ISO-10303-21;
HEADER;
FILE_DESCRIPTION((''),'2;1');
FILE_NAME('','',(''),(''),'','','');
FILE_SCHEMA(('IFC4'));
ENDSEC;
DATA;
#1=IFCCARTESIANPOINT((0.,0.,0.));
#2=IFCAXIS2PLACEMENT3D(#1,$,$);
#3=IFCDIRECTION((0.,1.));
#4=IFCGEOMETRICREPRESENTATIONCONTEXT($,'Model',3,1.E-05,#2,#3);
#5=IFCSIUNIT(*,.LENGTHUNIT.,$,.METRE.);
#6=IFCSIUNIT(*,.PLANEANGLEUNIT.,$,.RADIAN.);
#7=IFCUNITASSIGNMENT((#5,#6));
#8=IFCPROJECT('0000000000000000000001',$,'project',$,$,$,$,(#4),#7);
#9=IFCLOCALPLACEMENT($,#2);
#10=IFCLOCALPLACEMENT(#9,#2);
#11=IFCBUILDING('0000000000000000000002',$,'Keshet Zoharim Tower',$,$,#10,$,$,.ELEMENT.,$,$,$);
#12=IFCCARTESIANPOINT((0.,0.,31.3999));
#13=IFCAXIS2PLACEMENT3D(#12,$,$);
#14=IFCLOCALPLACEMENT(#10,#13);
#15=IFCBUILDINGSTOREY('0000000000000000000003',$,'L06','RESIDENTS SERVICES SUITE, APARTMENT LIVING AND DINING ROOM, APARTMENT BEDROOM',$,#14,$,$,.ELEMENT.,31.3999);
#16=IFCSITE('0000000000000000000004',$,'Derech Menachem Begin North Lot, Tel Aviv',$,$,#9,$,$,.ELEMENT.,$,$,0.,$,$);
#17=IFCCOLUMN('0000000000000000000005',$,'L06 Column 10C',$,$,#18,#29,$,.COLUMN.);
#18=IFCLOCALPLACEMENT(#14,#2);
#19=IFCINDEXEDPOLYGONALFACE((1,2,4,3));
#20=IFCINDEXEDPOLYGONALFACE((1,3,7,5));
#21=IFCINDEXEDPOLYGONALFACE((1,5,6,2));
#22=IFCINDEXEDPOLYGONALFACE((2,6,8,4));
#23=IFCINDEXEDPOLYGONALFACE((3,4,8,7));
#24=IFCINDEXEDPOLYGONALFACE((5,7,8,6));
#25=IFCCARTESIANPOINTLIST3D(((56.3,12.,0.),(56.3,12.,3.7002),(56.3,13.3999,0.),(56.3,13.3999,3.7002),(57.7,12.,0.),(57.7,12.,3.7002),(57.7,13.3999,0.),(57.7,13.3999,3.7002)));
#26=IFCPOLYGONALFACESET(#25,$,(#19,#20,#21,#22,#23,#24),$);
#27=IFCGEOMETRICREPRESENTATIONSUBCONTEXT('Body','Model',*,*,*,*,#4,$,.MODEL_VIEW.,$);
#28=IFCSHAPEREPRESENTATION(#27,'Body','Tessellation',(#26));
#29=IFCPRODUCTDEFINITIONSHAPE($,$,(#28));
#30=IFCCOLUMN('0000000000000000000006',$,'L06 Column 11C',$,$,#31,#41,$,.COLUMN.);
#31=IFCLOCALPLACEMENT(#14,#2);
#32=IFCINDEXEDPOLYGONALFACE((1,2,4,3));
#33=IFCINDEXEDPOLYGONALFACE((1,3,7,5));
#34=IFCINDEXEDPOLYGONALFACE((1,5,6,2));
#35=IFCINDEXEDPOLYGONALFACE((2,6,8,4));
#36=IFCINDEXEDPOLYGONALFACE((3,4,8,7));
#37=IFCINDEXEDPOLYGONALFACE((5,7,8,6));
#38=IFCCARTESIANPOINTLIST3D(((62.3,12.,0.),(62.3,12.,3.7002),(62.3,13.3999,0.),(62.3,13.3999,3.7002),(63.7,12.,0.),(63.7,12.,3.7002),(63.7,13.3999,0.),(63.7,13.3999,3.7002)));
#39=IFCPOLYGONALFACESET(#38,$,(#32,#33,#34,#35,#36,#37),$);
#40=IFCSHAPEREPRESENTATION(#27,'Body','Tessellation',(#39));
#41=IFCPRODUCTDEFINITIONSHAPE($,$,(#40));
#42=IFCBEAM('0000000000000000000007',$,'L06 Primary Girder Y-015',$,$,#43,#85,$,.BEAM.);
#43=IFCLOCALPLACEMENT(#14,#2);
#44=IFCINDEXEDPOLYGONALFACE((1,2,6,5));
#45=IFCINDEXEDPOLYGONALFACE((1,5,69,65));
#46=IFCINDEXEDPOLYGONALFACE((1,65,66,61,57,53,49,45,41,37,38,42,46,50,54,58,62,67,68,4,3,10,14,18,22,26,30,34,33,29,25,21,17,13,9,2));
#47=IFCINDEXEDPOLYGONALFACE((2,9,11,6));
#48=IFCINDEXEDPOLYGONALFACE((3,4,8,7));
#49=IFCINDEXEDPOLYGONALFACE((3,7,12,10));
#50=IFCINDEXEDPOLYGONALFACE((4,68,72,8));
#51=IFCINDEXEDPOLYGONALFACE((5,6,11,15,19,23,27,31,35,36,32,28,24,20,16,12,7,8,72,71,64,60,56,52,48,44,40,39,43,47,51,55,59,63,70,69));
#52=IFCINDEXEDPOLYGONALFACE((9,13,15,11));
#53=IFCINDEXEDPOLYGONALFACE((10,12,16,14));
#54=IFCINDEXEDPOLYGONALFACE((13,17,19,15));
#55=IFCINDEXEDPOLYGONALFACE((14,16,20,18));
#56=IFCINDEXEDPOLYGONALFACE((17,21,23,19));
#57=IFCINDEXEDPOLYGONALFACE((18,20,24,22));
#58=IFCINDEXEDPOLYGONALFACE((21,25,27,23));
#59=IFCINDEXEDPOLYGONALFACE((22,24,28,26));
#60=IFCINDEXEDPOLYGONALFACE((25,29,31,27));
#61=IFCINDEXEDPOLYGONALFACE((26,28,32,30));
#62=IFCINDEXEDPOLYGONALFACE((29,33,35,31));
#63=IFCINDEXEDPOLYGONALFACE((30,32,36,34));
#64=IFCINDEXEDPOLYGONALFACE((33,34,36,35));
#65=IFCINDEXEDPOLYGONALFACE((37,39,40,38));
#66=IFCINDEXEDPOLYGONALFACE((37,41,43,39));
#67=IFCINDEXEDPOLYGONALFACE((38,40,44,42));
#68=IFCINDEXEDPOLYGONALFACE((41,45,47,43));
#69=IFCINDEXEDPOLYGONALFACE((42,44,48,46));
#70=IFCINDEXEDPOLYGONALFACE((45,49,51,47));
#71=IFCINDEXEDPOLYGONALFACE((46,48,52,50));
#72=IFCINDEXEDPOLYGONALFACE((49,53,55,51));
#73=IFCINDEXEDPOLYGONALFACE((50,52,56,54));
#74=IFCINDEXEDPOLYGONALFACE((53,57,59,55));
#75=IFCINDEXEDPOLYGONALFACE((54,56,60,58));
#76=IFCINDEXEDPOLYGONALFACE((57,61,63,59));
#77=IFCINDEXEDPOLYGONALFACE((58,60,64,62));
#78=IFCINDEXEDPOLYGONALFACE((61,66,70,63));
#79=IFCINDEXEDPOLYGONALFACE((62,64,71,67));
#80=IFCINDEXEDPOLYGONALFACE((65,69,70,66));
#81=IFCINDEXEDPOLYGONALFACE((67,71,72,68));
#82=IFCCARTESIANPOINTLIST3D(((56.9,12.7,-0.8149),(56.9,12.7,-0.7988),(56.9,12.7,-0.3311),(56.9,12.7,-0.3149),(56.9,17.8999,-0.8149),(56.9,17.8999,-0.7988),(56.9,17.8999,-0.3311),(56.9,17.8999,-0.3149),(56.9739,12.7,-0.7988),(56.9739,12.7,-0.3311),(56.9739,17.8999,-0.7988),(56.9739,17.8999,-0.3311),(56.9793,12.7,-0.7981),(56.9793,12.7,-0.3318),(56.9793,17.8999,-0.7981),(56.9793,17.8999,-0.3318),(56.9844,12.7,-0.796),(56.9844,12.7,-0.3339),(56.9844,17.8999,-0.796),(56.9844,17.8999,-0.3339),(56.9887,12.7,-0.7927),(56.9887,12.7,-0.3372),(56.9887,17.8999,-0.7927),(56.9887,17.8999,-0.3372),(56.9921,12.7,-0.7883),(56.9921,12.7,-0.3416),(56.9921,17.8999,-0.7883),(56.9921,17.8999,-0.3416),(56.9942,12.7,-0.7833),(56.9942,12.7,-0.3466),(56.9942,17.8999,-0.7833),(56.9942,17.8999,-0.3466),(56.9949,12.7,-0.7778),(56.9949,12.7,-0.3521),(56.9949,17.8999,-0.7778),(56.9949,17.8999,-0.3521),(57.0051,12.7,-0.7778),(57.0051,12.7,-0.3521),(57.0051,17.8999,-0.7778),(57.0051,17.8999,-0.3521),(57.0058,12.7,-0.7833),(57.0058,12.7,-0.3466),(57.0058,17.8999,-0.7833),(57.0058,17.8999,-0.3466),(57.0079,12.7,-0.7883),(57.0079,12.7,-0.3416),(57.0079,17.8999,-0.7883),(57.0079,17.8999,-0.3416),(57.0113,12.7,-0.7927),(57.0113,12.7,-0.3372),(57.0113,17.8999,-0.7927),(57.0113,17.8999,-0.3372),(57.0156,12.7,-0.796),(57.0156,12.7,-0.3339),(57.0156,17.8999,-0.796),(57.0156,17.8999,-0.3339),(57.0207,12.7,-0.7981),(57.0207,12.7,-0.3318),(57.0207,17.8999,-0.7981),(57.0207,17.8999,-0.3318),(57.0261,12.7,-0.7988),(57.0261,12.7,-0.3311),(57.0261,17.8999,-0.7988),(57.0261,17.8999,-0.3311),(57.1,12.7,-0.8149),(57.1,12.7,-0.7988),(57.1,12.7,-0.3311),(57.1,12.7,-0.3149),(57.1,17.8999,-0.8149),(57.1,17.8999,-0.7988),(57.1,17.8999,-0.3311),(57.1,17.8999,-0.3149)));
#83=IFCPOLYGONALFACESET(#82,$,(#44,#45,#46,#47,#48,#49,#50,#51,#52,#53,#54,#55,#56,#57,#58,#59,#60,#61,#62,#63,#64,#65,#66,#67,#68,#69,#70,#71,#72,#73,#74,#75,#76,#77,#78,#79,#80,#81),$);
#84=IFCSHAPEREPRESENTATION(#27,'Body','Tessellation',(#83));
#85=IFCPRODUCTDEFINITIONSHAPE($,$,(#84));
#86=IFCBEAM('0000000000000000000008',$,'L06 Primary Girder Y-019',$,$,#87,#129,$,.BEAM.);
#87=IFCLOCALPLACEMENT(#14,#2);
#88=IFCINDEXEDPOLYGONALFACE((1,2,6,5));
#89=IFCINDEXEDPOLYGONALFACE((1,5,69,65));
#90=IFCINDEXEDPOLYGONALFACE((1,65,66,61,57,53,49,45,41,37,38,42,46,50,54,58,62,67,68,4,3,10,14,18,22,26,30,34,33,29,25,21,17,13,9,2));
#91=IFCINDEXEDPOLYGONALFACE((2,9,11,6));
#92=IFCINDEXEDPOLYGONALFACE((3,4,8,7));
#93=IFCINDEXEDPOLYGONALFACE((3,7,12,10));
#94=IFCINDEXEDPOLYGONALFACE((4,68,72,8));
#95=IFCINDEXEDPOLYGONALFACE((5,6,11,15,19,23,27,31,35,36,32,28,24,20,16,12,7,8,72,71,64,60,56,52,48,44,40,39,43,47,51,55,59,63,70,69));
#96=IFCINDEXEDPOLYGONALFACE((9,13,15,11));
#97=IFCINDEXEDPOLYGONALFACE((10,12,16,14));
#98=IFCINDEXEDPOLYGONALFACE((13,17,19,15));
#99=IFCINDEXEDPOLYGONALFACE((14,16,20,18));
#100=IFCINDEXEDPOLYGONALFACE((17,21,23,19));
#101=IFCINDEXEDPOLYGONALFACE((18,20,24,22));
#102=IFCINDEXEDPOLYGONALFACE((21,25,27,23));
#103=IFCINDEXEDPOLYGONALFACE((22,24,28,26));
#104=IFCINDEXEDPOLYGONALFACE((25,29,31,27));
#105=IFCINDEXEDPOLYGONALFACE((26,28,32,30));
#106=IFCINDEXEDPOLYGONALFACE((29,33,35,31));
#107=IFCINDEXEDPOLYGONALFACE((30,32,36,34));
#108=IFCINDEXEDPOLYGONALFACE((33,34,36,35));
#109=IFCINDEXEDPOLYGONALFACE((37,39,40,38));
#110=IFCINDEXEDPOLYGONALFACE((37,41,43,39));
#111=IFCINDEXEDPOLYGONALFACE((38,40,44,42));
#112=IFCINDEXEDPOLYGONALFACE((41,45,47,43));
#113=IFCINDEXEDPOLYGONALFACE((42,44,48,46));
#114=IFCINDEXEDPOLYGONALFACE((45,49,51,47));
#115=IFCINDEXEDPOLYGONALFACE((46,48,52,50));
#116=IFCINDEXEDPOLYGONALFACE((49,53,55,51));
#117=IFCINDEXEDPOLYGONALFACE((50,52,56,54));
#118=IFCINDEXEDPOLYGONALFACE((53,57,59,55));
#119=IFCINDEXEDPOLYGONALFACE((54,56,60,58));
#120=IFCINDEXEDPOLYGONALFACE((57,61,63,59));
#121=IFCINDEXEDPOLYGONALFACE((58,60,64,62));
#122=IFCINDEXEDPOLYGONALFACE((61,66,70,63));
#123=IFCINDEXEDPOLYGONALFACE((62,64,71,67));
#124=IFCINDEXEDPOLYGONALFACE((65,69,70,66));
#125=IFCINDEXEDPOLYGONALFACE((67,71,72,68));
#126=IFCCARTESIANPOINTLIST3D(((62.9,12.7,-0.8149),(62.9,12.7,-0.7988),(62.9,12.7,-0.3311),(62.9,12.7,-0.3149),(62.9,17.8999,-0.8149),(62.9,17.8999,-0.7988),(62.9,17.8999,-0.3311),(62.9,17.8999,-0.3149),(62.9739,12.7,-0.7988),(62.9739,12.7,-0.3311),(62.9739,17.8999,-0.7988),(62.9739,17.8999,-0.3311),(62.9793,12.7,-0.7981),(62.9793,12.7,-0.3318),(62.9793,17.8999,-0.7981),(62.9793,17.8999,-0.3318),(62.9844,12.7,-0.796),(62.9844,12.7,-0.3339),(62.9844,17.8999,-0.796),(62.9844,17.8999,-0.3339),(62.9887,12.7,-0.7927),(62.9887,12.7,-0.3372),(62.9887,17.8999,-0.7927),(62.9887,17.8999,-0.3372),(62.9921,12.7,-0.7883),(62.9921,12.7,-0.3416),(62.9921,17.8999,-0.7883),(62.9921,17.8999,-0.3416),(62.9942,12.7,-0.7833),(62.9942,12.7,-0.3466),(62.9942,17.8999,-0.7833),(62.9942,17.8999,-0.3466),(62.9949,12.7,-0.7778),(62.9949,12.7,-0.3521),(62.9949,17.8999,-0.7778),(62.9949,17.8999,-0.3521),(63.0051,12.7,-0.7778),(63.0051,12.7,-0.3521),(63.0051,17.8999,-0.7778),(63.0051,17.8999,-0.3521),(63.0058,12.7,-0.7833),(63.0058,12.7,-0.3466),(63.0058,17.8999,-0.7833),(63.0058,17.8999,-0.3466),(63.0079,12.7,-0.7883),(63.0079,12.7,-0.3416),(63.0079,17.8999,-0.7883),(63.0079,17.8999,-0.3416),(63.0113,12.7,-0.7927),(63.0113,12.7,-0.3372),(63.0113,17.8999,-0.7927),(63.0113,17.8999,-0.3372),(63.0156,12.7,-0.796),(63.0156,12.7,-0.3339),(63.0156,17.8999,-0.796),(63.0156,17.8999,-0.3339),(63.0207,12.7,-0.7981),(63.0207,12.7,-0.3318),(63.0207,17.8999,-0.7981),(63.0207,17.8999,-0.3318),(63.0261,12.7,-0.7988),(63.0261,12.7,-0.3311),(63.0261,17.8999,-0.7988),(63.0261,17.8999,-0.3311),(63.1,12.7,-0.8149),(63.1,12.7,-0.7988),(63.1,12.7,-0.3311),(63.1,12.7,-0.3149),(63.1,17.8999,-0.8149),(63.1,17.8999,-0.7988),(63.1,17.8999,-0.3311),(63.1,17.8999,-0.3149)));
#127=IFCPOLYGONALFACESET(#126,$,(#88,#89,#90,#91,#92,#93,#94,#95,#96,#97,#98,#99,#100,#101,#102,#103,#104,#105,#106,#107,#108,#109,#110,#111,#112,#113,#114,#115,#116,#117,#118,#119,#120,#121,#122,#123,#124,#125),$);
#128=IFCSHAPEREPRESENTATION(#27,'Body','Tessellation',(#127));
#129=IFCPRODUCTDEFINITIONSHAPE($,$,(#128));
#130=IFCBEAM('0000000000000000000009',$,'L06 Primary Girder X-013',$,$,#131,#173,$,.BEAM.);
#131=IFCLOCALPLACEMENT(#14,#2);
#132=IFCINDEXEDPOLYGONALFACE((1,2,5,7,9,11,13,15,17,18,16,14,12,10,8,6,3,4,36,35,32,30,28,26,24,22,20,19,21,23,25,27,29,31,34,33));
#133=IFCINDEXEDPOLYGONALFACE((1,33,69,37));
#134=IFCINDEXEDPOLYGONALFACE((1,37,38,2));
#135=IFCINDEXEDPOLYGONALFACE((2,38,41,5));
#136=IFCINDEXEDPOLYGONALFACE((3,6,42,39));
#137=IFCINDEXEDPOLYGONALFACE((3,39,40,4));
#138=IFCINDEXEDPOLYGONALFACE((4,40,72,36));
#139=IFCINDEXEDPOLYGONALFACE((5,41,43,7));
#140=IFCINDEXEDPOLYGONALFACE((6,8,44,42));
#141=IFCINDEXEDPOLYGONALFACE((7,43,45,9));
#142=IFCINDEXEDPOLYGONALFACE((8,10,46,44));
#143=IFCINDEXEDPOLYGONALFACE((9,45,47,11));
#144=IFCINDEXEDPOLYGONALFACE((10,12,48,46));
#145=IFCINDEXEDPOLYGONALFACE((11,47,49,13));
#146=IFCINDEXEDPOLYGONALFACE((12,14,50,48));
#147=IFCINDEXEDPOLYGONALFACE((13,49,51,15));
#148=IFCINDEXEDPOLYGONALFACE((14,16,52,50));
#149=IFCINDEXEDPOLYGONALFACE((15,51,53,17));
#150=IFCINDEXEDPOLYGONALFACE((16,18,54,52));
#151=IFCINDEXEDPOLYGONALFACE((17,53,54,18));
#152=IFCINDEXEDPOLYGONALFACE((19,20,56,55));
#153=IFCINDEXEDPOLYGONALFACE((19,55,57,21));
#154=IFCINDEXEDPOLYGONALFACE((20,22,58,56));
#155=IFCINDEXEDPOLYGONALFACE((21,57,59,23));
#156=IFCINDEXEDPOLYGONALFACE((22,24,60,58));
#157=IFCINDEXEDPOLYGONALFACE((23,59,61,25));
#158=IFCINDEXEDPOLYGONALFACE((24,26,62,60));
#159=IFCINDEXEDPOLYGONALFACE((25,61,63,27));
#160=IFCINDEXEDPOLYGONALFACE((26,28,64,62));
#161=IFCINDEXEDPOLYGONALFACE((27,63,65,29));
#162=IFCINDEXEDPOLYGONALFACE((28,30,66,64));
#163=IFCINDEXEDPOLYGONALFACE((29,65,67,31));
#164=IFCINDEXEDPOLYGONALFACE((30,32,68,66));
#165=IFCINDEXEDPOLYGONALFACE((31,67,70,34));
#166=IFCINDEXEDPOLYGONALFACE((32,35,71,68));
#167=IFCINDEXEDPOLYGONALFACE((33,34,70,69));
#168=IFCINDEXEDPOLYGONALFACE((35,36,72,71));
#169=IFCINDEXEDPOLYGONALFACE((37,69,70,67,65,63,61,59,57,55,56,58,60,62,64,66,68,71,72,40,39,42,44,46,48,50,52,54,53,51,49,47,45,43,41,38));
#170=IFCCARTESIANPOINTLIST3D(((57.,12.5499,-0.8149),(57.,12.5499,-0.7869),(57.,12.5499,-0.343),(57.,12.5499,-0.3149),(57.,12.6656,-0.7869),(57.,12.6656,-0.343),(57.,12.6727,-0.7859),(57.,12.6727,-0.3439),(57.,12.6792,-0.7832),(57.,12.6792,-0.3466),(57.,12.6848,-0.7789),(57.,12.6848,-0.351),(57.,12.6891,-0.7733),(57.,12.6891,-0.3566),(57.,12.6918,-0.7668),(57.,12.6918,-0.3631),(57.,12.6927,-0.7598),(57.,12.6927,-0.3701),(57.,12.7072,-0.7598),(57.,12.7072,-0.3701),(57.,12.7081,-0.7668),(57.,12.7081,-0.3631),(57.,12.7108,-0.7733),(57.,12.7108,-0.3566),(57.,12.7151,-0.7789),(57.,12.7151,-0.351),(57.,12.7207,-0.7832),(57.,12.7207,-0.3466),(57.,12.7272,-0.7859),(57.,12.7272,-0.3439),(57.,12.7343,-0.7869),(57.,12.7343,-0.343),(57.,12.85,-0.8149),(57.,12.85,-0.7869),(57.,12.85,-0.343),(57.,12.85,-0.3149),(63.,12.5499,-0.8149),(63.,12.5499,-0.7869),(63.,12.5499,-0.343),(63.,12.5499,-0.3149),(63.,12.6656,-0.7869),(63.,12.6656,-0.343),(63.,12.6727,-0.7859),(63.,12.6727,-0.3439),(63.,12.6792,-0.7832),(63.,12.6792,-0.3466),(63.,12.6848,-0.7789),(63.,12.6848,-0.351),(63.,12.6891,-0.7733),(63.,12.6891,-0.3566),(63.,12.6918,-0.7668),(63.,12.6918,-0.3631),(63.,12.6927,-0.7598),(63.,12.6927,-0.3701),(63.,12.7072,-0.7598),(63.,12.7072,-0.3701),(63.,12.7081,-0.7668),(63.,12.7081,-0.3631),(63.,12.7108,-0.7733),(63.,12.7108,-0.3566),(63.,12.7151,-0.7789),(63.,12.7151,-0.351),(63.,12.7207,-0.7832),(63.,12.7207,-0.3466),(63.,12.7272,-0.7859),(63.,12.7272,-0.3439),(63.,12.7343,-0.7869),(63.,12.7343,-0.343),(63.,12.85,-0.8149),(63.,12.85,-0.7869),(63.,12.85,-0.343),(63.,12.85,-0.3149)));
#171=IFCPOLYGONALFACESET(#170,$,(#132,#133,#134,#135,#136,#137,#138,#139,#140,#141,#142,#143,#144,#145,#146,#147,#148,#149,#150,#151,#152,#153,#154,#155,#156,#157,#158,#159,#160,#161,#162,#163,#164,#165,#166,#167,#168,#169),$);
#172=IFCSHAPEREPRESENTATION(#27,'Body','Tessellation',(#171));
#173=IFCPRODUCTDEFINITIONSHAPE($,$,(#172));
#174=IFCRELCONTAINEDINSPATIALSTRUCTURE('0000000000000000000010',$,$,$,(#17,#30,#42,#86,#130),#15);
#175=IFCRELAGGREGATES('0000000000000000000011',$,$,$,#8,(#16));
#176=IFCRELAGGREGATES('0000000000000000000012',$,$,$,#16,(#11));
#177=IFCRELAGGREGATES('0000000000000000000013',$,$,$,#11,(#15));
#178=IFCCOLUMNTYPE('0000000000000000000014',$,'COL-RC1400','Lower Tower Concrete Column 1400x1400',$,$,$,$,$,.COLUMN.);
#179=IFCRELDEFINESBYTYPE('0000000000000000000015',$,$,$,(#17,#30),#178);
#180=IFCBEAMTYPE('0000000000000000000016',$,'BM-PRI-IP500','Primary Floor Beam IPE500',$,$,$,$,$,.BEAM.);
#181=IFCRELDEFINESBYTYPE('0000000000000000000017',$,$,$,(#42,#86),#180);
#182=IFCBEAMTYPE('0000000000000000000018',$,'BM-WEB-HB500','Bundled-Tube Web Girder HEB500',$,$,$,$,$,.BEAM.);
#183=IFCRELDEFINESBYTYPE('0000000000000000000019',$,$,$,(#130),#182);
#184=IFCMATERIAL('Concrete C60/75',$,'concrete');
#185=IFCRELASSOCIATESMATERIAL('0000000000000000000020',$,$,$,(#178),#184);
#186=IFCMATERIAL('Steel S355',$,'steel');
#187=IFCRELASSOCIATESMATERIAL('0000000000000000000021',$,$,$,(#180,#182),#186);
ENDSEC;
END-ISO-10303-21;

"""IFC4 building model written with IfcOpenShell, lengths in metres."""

from ifc_helpers import new_model, si_unit, direction, frame, origin, origin_2d, place, context, subcontext, project, spatial, rectangle, i_section, extrude, material, material_profile, profile_set, type_object, element, save


model = new_model("IFC4")

# Units and contexts
model_context = context("Model", 3, precision=1e-05, world=origin(), true_north=direction((0.0, 1.0)))
body_context = subcontext(model_context, "Body", "Model", "MODEL_VIEW")
ifc_project = project(units=[si_unit("LENGTHUNIT", "METRE"), si_unit("PLANEANGLEUNIT", "RADIAN")], contexts=[model_context])

# Site, building, storey
site_placement = place(None, origin())
site = spatial("IfcSite", under=ifc_project, at=site_placement, Name="Derech Menachem Begin North Lot, Tel Aviv", CompositionType="ELEMENT", RefElevation=0.0)
building_placement = place(site_placement, origin())
building = spatial("IfcBuilding", under=site, at=building_placement, Name="Keshet Zoharim Tower", CompositionType="ELEMENT")
storey_placement = place(building_placement, frame((0.0, 0.0, 31.3999)))
storey = spatial("IfcBuildingStorey", under=building, at=storey_placement, Name="L06", Description="RESIDENTS SERVICES SUITE, APARTMENT LIVING AND DINING ROOM, APARTMENT BEDROOM", CompositionType="ELEMENT", Elevation=31.3999)

# Columns
ifc_material_1 = material(Name="Concrete C60/75", Category="concrete")
ifc_material_profile_1 = material_profile(ifc_material_1, rectangle(XDim=1.3999, YDim=1.3999, at=origin_2d()), Name="RC1400x1400")
ifc_profile_set_1 = profile_set([ifc_material_profile_1], Name="Concrete C60/75")
column_type = type_object("IfcColumnType", Name="COL-RC1400", Description="Lower Tower Concrete Column 1400x1400", PredefinedType="COLUMN", material=ifc_profile_set_1)
for number, where, z_axis, x_axis, name in (
    (1, (57.0, 12.7, 0.0), (0.0, 0.0, 1.0), (1.0, 0.0, 0.0), "L06 Column 10C"),
    (2, (63.0, 12.7, 0.0), (0.0, 0.0, 1.0), (1.0, 0.0, 0.0), "L06 Column 11C"),
):
    element("IfcColumn", number, at=place(storey_placement, frame(where, z_axis=z_axis, x_axis=x_axis)), inside=storey, type_object=column_type, Name=name, PredefinedType="COLUMN", context=body_context, shape_type="SweptSolid", body=[
        extrude(rectangle(XDim=1.3999, YDim=1.3999, at=origin_2d()), origin(), (0.0, 0.0, 1.0), 3.7002),
    ])

# Beams
ifc_material_2 = material(Name="Steel S355", Category="steel")
ifc_material_profile_2 = material_profile(ifc_material_2, i_section(OverallWidth=0.2, OverallDepth=0.5, WebThickness=0.0103, FlangeThickness=0.0161, FilletRadius=0.021, at=origin_2d()), Name="IPE500")
ifc_profile_set_2 = profile_set([ifc_material_profile_2], Name="Steel S355")
beam_type_1 = type_object("IfcBeamType", Name="BM-PRI-IP500", Description="Primary Floor Beam IPE500", PredefinedType="BEAM", material=ifc_profile_set_2)
for number, where, z_axis, x_axis, name in (
    (3, (57.0, 12.7, -0.5649), (0.0, 1.0, 0.0), (-1.0, 0.0, 0.0), "L06 Primary Girder Y-015"),
    (4, (63.0, 12.7, -0.5649), (0.0, 1.0, 0.0), (-1.0, 0.0, 0.0), "L06 Primary Girder Y-019"),
):
    element("IfcBeam", number, at=place(storey_placement, frame(where, z_axis=z_axis, x_axis=x_axis)), inside=storey, type_object=beam_type_1, Name=name, PredefinedType="BEAM", context=body_context, shape_type="SweptSolid", body=[
        extrude(i_section(OverallWidth=0.2, OverallDepth=0.5, WebThickness=0.0103, FlangeThickness=0.0161, FilletRadius=0.021, at=origin_2d()), origin(), (0.0, 0.0, 1.0), 5.2),
    ])
ifc_material_profile_3 = material_profile(ifc_material_2, i_section(OverallWidth=0.3, OverallDepth=0.5, WebThickness=0.0144, FlangeThickness=0.0281, FilletRadius=0.0271, at=origin_2d()), Name="HEB500")
ifc_profile_set_3 = profile_set([ifc_material_profile_3], Name="Steel S355")
beam_type_2 = type_object("IfcBeamType", Name="BM-WEB-HB500", Description="Bundled-Tube Web Girder HEB500", PredefinedType="BEAM", material=ifc_profile_set_3)
for number, where, z_axis, x_axis, name in (
    (5, (57.0, 12.7, -0.5649), (1.0, 0.0, 0.0), (0.0, 1.0, 0.0), "L06 Primary Girder X-013"),
):
    element("IfcBeam", number, at=place(storey_placement, frame(where, z_axis=z_axis, x_axis=x_axis)), inside=storey, type_object=beam_type_2, Name=name, PredefinedType="BEAM", context=body_context, shape_type="SweptSolid", body=[
        extrude(i_section(OverallWidth=0.3, OverallDepth=0.5, WebThickness=0.0144, FlangeThickness=0.0281, FilletRadius=0.0271, at=origin_2d()), origin(), (0.0, 0.0, 1.0), 6.0),
    ])

save(model, "model.ifc")
